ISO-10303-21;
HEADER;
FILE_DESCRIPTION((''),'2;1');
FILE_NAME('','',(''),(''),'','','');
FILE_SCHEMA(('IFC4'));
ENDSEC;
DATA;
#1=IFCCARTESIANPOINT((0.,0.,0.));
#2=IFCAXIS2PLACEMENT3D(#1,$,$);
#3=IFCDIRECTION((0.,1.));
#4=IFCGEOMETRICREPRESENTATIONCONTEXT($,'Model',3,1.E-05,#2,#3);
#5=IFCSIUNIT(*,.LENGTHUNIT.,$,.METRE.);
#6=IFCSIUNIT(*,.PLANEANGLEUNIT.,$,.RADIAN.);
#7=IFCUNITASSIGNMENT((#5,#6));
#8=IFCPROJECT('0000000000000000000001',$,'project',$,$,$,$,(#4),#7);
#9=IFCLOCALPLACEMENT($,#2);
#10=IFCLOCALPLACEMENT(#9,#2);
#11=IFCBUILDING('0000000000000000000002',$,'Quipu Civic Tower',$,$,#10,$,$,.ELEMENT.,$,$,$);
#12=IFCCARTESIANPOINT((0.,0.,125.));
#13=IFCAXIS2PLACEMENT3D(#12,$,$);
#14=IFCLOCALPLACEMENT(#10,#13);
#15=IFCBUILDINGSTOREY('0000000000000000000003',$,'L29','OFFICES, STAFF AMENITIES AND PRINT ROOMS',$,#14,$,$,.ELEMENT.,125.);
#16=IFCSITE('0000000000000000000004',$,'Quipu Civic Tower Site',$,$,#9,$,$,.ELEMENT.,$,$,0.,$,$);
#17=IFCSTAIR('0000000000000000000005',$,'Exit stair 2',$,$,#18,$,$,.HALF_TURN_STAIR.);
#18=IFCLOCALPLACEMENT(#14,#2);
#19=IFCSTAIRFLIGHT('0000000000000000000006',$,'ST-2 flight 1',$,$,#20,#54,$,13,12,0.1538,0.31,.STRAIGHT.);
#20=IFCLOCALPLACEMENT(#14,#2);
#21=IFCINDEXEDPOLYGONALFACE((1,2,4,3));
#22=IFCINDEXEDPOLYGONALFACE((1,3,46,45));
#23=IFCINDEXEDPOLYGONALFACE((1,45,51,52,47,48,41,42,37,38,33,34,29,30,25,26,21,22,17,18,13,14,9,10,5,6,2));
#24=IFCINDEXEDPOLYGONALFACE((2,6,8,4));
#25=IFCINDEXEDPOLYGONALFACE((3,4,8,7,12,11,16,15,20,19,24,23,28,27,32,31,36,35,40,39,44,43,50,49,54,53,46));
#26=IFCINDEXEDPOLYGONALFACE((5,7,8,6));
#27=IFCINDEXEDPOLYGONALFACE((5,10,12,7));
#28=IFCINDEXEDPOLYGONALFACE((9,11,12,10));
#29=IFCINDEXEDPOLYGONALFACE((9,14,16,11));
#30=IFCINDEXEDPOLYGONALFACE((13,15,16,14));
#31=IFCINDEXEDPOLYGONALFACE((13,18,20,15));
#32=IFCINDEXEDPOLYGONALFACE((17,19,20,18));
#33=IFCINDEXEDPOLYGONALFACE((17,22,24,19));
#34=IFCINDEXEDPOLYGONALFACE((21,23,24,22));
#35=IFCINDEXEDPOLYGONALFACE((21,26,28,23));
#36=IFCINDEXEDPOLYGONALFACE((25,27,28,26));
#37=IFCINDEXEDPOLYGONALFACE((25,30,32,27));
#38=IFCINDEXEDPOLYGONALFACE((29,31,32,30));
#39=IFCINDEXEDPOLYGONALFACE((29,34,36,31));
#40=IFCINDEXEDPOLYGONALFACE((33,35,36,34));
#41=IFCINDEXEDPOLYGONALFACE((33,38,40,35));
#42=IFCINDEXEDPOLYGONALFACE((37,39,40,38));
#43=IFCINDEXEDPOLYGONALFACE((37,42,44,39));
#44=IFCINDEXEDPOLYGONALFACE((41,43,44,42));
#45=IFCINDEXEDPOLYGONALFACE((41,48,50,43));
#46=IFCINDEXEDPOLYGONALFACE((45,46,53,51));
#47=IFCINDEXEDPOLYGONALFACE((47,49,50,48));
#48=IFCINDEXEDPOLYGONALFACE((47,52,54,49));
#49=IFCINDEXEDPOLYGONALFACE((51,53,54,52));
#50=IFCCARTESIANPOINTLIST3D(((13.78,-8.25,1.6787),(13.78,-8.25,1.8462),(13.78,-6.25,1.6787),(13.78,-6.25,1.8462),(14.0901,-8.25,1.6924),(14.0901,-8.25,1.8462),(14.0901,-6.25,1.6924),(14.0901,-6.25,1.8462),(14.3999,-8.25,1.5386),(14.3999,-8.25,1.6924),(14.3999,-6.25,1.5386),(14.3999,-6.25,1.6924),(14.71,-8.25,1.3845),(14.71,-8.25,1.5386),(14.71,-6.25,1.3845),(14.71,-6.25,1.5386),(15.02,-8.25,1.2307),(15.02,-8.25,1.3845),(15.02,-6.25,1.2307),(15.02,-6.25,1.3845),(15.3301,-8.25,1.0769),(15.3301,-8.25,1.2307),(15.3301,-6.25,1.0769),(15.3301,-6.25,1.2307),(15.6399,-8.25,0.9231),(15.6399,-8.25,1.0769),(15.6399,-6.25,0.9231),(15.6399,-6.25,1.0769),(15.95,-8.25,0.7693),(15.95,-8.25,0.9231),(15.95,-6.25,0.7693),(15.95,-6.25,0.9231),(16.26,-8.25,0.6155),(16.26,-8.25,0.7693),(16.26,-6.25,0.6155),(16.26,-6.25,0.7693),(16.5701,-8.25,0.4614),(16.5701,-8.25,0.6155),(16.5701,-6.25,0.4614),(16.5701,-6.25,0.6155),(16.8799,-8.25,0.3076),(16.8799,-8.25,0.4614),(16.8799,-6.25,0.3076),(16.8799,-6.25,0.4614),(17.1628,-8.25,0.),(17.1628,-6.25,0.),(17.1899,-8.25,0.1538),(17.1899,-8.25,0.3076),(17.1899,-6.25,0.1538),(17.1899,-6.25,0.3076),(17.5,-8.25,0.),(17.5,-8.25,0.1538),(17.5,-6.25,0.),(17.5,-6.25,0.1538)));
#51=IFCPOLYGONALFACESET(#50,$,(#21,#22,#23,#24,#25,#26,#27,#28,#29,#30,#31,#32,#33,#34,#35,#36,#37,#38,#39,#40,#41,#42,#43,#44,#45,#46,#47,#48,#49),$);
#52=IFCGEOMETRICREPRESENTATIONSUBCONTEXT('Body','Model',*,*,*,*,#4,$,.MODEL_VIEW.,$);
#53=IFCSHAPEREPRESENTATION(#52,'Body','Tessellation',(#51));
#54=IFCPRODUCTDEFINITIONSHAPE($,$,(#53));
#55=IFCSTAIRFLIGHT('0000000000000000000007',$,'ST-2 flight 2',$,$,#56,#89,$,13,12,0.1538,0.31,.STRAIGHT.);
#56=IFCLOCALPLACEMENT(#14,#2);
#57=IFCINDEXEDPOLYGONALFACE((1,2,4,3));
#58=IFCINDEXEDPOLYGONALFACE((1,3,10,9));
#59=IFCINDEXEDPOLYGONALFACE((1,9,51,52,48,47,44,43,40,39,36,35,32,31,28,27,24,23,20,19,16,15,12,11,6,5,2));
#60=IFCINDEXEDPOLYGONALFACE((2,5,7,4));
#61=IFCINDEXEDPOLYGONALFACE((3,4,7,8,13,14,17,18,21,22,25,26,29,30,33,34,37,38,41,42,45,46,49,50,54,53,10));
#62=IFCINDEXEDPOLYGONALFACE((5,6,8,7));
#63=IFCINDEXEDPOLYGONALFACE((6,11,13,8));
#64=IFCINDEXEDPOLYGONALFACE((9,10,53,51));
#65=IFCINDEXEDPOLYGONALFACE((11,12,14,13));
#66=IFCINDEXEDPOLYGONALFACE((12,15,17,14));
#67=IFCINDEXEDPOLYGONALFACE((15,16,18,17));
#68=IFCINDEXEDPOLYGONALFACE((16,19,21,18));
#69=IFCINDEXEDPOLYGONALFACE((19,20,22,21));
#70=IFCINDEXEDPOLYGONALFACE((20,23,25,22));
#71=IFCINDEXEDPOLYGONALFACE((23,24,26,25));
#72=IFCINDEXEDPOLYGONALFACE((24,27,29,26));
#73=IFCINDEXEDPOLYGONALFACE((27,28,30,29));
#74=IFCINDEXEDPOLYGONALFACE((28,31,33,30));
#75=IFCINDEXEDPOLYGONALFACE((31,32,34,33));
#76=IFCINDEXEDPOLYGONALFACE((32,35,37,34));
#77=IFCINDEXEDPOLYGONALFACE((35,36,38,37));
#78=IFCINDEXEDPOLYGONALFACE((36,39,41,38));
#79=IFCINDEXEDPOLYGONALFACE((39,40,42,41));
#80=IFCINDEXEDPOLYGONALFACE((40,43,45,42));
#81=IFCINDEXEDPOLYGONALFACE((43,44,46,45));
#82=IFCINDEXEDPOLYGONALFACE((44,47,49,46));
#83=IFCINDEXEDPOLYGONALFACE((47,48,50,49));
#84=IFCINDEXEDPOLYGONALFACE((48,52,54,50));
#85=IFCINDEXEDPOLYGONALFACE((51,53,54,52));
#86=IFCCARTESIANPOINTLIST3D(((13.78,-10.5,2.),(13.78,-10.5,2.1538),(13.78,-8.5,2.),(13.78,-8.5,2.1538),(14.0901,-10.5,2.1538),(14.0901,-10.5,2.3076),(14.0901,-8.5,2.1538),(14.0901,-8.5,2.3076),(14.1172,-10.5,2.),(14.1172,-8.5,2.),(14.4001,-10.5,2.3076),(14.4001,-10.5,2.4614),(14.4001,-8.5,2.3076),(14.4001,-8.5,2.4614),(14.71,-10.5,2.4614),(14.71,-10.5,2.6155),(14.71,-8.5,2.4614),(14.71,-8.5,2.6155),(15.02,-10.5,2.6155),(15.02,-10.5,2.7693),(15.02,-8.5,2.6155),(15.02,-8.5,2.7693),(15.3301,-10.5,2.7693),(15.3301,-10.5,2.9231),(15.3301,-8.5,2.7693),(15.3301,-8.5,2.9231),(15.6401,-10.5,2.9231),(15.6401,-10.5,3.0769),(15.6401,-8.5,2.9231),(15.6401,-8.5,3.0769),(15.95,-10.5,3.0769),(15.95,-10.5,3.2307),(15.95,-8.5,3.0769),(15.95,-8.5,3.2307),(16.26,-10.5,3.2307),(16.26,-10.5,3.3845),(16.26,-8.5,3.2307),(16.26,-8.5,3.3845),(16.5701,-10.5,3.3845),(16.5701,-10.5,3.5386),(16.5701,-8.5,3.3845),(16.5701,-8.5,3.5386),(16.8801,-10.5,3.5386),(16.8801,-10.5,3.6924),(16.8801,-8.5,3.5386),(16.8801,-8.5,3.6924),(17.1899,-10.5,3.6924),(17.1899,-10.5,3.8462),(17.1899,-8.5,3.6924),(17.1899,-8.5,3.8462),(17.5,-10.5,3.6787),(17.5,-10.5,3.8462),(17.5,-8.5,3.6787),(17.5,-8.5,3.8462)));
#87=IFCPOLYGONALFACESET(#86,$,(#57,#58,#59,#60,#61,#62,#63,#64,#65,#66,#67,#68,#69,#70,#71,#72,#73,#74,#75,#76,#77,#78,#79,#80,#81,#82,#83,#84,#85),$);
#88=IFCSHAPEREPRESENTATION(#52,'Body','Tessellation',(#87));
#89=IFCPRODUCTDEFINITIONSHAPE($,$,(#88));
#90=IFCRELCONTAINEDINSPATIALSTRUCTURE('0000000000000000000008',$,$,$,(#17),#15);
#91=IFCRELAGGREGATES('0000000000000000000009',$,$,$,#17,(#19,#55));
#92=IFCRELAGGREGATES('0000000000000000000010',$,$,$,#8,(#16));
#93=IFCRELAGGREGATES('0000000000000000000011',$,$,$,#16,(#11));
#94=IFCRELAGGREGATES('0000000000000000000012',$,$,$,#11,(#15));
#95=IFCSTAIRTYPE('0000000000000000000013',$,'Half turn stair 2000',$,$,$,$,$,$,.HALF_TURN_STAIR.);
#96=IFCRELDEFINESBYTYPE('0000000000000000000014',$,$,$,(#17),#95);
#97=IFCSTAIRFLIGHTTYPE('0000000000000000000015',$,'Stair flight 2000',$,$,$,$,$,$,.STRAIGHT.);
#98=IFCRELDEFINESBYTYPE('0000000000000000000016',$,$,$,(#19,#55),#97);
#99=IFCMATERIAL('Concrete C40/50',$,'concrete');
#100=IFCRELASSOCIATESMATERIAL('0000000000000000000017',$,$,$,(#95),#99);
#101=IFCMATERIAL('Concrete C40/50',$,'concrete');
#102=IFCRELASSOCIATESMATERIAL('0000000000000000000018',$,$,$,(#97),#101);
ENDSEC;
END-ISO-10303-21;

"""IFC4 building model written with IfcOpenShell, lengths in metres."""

from ifc_helpers import new_model, si_unit, direction, frame, origin, place, context, subcontext, project, spatial, polyline, outline, extrude, material, type_object, element, aggregate, save


model = new_model("IFC4")

# Units and contexts
model_context = context("Model", 3, precision=1e-05, world=origin(), true_north=direction((0.0, 1.0)))
body_context = subcontext(model_context, "Body", "Model", "MODEL_VIEW")
ifc_project = project(units=[si_unit("LENGTHUNIT", "METRE"), si_unit("PLANEANGLEUNIT", "RADIAN")], contexts=[model_context])

# Site, building, storey
site_placement = place(None, origin())
site = spatial("IfcSite", under=ifc_project, at=site_placement, Name="Quipu Civic Tower Site", CompositionType="ELEMENT", RefElevation=0.0)
building_placement = place(site_placement, origin())
building = spatial("IfcBuilding", under=site, at=building_placement, Name="Quipu Civic Tower", CompositionType="ELEMENT")
storey_placement = place(building_placement, frame((0.0, 0.0, 125.0)))
storey = spatial("IfcBuildingStorey", under=building, at=storey_placement, Name="L29", Description="OFFICES, STAFF AMENITIES AND PRINT ROOMS", CompositionType="ELEMENT", Elevation=125.0)

# Stair, stair flights
ifc_material_1 = material(Name="Concrete C40/50", Category="concrete")
stair_type = type_object("IfcStairType", Name="Half turn stair 2000", PredefinedType="HALF_TURN_STAIR", material=ifc_material_1)
stair_placement = place(storey_placement, origin())
stair = element("IfcStair", 1, at=stair_placement, inside=storey, type_object=stair_type, Name="Exit stair 2", PredefinedType="HALF_TURN_STAIR")
ifc_material_2 = material(Name="Concrete C40/50", Category="concrete")
stair_flight_type = type_object("IfcStairFlightType", Name="Stair flight 2000", PredefinedType="STRAIGHT", material=ifc_material_2)
stair_flight_1_placement = place(storey_placement, frame((17.5, -7.25, 0.0), z_axis=(0.0, 0.0, 1.0), x_axis=(-1.0, 0.0, 0.0)))
stair_flight_1 = element("IfcStairFlight", 2, at=stair_flight_1_placement, type_object=stair_flight_type, Name="ST-2 flight 1", NumberOfRisers=13, NumberOfTreads=12, PredefinedType="STRAIGHT", RiserHeight=0.1538, TreadLength=0.31, context=body_context, shape_type="SweptSolid", body=[
    extrude(outline(polyline([(0.0, 0.0), (0.0, 0.1538), (0.3101, 0.1538), (0.3101, 0.3076), (0.6201, 0.3076), (0.6201, 0.4614), (0.9299, 0.4614), (0.9299, 0.6155), (1.24, 0.6155), (1.24, 0.7693), (1.55, 0.7693), (1.55, 0.9231), (1.8601, 0.9231), (1.8601, 1.0769), (2.1699, 1.0769), (2.1699, 1.2307), (2.48, 1.2307), (2.48, 1.3845), (2.79, 1.3845), (2.79, 1.5386), (3.1001, 1.5386), (3.1001, 1.6924), (3.4099, 1.6924), (3.4099, 1.8462), (3.72, 1.8462), (3.72, 2.0), (3.72, 1.6787), (0.3372, 0.0), (0.0, 0.0)])), frame((0.0, 1.0, 0.0), z_axis=(0.0, -1.0, 0.0), x_axis=(1.0, 0.0, 0.0)), (0.0, 0.0, 1.0), 2.0),
])
stair_flight_2_placement = place(storey_placement, frame((13.78, -9.5, 2.0), z_axis=(0.0, 0.0, 1.0), x_axis=(1.0, 0.0, 0.0)))
stair_flight_2 = element("IfcStairFlight", 3, at=stair_flight_2_placement, type_object=stair_flight_type, Name="ST-2 flight 2", NumberOfRisers=13, NumberOfTreads=12, PredefinedType="STRAIGHT", RiserHeight=0.1538, TreadLength=0.31, context=body_context, shape_type="SweptSolid", body=[
    extrude(outline(polyline([(0.0, 0.0), (0.0, 0.1538), (0.3101, 0.1538), (0.3101, 0.3076), (0.6201, 0.3076), (0.6201, 0.4614), (0.9299, 0.4614), (0.9299, 0.6155), (1.24, 0.6155), (1.24, 0.7693), (1.55, 0.7693), (1.55, 0.9231), (1.8601, 0.9231), (1.8601, 1.0769), (2.1699, 1.0769), (2.1699, 1.2307), (2.48, 1.2307), (2.48, 1.3845), (2.79, 1.3845), (2.79, 1.5386), (3.1001, 1.5386), (3.1001, 1.6924), (3.4099, 1.6924), (3.4099, 1.8462), (3.72, 1.8462), (3.72, 2.0), (3.72, 1.6787), (0.3372, 0.0), (0.0, 0.0)])), frame((0.0, 1.0, 0.0), z_axis=(0.0, -1.0, 0.0), x_axis=(1.0, 0.0, 0.0)), (0.0, 0.0, 1.0), 2.0),
])
aggregate(stair, [stair_flight_1, stair_flight_2])

save(model, "model.ifc")
